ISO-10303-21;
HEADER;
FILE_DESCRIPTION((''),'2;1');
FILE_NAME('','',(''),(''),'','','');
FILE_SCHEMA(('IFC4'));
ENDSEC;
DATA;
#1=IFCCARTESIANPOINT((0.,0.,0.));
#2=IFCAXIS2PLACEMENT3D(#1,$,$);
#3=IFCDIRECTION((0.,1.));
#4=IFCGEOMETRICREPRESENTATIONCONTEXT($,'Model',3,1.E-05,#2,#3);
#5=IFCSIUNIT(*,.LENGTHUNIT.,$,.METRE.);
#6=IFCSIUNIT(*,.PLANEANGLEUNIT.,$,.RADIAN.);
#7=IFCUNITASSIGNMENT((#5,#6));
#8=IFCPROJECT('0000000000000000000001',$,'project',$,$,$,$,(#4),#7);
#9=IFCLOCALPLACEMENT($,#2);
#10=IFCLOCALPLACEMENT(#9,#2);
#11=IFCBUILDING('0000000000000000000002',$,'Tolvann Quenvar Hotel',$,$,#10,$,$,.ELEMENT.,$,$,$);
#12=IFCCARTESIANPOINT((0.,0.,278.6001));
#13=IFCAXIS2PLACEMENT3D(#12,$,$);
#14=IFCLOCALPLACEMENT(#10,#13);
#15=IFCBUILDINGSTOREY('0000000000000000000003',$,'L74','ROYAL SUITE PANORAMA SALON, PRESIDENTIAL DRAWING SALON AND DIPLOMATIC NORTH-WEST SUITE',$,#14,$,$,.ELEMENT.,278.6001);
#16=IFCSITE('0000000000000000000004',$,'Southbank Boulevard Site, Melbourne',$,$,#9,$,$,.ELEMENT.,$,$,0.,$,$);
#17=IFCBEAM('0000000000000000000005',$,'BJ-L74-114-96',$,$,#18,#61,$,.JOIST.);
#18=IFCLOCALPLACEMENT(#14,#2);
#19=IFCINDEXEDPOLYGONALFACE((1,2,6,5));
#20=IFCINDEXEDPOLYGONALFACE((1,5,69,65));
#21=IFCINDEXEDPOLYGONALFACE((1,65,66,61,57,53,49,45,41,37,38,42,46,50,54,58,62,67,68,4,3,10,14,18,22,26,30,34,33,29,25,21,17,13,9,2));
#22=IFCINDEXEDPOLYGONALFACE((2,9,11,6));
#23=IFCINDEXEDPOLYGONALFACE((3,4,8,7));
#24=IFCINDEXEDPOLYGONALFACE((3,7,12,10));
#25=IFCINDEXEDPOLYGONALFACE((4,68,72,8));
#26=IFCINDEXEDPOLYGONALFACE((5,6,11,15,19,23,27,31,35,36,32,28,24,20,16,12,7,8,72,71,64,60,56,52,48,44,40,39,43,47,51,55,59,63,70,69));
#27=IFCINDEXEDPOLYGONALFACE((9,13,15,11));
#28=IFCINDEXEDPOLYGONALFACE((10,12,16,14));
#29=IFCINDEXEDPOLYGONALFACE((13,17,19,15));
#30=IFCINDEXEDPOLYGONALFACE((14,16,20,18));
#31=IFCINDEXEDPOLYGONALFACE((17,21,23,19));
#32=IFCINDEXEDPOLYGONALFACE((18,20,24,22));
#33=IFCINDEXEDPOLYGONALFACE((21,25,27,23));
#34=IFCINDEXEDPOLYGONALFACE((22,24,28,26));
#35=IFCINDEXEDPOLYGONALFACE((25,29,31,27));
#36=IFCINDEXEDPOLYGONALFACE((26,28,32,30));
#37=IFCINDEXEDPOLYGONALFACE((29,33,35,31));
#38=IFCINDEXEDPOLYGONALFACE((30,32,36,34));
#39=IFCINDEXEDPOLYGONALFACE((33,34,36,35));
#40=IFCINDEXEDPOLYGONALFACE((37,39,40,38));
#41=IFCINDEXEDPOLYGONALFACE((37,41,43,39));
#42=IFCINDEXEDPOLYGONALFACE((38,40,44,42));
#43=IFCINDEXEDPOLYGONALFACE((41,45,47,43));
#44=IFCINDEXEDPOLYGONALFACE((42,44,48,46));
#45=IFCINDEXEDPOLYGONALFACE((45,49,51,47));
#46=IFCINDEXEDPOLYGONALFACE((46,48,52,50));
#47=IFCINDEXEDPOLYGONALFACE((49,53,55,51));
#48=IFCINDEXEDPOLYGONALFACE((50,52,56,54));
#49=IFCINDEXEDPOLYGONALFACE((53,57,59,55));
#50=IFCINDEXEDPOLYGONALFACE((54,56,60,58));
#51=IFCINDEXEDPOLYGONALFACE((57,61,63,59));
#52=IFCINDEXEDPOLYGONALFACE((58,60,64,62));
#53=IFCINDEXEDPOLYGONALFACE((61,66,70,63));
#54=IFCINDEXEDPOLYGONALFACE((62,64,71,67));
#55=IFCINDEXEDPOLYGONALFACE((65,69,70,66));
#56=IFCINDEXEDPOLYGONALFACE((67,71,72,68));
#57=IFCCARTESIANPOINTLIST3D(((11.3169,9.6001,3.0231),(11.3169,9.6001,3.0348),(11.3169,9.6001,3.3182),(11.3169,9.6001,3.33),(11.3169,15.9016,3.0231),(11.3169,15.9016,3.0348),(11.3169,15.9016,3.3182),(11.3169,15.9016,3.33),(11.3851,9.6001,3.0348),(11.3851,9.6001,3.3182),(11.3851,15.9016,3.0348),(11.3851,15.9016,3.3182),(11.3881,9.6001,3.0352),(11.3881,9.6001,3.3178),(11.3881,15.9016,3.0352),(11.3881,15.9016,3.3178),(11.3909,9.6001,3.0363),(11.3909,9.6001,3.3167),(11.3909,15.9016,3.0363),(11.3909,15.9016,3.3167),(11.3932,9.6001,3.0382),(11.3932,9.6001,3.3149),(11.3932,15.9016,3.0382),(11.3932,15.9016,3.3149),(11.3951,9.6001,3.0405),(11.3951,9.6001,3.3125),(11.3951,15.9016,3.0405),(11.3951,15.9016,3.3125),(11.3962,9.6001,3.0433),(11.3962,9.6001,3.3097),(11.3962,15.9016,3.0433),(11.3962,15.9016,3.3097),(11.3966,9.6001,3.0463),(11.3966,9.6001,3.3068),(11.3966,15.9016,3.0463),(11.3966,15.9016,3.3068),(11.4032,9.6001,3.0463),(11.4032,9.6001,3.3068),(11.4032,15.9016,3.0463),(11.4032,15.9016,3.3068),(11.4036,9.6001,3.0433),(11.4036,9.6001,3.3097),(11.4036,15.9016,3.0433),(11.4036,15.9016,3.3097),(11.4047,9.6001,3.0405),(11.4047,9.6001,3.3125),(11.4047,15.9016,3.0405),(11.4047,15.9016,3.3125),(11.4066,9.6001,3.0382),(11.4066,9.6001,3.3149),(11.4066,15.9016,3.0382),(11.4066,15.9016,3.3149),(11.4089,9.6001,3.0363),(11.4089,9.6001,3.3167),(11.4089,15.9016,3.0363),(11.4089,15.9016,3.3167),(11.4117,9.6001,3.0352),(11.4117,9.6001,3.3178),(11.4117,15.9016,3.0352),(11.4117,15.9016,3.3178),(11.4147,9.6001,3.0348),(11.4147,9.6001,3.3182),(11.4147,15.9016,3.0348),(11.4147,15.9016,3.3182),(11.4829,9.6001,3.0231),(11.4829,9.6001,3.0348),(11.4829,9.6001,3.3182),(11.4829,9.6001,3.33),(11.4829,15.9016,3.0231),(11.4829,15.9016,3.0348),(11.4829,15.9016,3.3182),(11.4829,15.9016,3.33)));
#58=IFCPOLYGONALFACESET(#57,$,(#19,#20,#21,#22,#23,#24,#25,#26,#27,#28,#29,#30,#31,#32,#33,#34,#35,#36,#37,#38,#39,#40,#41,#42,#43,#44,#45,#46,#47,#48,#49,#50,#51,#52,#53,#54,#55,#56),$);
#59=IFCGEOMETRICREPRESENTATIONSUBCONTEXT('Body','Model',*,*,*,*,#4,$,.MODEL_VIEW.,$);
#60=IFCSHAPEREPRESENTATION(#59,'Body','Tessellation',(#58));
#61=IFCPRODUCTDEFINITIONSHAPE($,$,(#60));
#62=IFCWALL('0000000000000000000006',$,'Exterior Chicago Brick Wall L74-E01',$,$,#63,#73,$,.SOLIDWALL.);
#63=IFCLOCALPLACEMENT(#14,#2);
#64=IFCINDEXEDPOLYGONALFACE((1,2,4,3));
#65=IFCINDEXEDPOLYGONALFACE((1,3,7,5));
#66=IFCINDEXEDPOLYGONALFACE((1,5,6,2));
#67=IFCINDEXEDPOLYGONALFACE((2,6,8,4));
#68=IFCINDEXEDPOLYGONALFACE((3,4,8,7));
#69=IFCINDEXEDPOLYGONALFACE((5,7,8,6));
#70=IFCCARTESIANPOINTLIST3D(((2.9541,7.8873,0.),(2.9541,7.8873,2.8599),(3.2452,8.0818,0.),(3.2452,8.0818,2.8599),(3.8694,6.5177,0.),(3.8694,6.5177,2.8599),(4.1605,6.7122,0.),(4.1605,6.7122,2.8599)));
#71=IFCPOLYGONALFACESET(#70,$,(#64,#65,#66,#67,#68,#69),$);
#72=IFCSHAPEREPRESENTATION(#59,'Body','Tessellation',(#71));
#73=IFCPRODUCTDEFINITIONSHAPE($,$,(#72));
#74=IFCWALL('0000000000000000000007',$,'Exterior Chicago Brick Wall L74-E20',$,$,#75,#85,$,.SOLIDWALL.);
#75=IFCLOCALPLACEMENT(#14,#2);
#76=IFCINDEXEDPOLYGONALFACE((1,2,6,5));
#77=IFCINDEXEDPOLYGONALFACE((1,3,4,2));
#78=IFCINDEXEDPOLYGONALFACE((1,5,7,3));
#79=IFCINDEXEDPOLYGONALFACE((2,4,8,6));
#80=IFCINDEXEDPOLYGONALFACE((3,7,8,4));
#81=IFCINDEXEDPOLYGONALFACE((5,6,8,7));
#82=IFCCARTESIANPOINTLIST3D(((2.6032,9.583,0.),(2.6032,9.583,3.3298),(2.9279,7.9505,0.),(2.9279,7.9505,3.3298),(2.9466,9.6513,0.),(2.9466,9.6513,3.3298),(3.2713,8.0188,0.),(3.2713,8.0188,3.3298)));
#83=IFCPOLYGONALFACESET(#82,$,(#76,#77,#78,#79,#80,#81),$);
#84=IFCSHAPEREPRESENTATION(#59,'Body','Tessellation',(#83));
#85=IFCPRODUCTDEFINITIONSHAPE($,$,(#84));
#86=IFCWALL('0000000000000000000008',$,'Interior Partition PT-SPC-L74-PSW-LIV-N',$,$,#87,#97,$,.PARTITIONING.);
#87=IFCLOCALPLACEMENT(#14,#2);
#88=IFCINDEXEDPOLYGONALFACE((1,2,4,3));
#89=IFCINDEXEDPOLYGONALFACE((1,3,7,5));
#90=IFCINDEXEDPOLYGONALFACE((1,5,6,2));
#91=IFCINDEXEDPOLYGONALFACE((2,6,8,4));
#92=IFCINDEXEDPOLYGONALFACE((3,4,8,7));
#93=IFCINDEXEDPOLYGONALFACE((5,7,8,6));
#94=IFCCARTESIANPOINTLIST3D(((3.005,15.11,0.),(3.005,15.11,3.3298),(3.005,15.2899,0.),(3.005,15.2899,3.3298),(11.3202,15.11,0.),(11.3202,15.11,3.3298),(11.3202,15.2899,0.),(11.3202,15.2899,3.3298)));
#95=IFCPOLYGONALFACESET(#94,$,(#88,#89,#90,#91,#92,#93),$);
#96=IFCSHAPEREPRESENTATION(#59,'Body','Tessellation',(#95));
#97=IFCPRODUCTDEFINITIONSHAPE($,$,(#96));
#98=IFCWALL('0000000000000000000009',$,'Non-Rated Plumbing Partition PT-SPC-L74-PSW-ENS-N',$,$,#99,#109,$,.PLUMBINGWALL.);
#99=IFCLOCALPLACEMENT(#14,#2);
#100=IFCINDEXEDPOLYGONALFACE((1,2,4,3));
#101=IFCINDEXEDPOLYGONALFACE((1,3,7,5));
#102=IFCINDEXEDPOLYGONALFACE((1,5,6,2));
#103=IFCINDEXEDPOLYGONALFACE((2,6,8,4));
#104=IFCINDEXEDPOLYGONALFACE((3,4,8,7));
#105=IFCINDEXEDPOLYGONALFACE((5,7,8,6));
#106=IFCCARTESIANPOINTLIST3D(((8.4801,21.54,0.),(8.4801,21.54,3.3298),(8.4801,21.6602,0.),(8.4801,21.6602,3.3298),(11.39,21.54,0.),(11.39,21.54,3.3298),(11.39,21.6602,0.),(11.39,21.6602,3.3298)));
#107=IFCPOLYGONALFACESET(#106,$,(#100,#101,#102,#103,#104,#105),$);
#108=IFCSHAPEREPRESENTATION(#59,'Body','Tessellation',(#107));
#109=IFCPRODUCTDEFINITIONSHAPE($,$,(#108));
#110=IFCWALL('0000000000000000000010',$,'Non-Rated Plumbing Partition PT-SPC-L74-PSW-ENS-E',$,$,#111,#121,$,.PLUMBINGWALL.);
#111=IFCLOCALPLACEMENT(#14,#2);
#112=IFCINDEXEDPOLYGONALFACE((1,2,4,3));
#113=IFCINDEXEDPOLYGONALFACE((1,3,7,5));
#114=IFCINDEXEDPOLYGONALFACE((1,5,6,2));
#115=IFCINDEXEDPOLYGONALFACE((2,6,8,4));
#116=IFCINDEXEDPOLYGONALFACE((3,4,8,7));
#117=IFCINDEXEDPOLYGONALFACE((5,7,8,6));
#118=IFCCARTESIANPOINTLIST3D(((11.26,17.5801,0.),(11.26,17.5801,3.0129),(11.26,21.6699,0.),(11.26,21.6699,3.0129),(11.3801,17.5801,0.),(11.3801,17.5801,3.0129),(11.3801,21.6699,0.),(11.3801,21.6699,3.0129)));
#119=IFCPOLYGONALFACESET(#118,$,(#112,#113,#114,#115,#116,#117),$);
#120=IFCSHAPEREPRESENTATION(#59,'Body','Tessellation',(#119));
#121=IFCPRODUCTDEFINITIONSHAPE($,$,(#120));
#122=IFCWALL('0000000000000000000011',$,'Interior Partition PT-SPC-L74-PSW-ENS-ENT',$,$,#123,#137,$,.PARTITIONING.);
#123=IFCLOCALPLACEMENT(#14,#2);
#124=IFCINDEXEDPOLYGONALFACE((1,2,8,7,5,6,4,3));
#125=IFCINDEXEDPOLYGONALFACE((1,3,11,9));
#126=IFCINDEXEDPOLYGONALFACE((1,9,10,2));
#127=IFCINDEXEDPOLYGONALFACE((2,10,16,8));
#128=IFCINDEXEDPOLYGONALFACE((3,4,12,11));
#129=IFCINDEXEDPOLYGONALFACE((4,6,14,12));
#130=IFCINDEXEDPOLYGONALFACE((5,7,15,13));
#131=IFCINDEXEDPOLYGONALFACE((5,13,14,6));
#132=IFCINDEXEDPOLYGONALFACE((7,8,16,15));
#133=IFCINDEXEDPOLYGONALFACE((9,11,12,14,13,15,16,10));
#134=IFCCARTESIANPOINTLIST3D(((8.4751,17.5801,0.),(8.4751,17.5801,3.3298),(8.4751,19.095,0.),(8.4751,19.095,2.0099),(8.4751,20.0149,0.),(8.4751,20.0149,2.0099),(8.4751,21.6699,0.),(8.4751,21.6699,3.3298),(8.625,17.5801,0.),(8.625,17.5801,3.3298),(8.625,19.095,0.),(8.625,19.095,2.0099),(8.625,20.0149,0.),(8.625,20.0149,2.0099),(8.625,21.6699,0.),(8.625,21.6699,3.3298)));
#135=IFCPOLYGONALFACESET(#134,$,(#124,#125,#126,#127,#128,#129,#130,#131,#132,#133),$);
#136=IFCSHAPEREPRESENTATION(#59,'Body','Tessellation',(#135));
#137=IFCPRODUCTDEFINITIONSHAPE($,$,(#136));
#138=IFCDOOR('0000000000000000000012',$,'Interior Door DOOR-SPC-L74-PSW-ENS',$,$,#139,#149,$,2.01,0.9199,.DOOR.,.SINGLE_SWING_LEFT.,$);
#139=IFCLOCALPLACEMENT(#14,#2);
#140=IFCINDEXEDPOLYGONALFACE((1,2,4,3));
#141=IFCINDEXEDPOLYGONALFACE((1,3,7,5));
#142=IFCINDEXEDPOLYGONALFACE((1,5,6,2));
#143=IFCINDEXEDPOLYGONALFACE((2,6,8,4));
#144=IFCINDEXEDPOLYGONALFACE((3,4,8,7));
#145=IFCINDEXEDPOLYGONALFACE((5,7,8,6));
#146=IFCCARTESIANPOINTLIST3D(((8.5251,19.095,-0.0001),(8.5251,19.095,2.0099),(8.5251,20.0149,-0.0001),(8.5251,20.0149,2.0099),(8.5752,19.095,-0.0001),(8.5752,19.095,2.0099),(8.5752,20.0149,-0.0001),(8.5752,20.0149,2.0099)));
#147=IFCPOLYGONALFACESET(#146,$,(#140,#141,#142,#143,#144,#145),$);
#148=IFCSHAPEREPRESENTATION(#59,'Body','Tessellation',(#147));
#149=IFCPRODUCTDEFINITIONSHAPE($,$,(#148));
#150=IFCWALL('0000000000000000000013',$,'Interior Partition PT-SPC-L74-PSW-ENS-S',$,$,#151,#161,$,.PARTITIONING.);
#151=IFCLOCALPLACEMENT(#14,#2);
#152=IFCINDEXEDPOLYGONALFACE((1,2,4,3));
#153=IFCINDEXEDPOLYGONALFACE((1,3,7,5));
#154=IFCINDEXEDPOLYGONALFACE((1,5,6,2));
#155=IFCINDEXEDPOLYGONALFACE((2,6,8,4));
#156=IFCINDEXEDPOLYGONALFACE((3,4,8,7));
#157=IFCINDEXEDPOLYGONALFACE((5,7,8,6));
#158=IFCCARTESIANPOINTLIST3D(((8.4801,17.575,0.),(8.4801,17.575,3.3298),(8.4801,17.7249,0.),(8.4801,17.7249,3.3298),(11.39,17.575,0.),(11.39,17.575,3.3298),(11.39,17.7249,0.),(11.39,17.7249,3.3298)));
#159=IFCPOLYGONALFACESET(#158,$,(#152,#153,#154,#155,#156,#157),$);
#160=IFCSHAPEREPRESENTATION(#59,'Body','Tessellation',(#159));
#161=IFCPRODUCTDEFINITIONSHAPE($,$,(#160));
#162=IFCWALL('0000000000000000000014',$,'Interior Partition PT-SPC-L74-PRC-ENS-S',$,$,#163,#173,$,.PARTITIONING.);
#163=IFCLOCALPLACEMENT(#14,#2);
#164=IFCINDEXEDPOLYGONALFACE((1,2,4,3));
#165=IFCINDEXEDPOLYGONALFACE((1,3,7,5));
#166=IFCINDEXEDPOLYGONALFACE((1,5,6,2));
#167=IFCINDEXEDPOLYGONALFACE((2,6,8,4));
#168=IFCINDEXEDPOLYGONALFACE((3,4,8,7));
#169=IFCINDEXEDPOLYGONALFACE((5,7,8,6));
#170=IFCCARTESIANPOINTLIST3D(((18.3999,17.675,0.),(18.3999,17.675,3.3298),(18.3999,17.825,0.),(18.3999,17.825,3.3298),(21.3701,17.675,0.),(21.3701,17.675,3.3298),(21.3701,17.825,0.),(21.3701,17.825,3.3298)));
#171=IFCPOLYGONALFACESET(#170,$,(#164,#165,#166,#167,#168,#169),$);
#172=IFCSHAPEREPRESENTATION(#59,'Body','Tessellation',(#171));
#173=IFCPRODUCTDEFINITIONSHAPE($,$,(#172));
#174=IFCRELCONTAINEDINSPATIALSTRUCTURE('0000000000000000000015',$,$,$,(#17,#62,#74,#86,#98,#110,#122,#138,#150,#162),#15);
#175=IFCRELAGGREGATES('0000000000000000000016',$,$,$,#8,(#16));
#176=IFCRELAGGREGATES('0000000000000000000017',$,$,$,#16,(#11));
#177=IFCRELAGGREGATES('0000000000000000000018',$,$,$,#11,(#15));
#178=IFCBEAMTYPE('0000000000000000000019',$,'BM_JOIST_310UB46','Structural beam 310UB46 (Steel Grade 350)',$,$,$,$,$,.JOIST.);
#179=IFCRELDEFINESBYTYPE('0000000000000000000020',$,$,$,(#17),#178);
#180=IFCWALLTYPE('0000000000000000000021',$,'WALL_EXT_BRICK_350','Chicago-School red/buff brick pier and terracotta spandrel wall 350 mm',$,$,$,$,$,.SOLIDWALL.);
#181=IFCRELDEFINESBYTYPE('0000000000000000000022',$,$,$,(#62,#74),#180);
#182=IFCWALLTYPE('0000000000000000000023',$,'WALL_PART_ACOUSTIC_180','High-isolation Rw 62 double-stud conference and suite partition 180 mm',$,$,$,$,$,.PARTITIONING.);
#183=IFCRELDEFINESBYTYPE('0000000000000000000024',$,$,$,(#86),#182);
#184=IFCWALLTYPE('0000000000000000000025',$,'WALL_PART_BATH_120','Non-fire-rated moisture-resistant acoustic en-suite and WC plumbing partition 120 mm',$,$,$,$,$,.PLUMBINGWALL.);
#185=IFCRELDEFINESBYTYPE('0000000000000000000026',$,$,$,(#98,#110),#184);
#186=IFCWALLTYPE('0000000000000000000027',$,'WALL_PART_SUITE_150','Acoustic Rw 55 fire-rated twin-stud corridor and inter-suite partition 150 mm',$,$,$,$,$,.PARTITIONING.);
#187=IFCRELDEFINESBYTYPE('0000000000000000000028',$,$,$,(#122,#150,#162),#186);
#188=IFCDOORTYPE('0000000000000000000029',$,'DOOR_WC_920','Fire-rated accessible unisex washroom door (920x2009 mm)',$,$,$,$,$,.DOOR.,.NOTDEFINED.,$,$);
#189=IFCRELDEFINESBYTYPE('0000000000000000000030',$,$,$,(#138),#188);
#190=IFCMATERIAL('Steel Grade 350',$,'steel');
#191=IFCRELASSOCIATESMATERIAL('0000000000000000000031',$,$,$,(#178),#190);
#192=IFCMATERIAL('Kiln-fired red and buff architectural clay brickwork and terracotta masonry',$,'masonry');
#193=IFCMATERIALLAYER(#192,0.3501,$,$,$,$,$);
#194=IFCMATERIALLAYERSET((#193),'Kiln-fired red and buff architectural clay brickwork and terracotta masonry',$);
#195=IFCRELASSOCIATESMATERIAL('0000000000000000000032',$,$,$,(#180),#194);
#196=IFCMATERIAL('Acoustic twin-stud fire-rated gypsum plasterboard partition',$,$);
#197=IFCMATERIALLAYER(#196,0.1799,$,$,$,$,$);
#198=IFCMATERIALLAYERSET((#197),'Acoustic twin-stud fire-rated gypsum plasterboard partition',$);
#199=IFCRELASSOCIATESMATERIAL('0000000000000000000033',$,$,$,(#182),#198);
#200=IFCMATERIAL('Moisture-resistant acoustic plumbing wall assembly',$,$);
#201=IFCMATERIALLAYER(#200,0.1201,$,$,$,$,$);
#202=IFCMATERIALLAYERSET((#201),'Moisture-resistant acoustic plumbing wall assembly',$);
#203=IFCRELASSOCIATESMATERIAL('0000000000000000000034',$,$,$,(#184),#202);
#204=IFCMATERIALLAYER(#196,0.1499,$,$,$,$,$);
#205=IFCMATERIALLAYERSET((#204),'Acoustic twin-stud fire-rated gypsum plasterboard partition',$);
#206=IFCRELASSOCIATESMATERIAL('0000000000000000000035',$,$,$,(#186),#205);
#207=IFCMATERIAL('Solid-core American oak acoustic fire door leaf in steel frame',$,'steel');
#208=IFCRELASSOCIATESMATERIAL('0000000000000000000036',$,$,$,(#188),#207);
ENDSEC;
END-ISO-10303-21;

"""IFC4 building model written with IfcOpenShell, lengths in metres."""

from ifc_helpers import new_model, si_unit, direction, frame, frame_2d, origin, origin_2d, place, context, subcontext, project, spatial, rectangle, i_section, extrude, source, transform, mapped, material, layer, layer_set, material_profile, profile_set, type_object, type_shapes, element, fill, save


model = new_model("IFC4")

# Units and contexts
model_context = context("Model", 3, precision=1e-05, world=origin(), true_north=direction((0.0, 1.0)))
body_context = subcontext(model_context, "Body", "Model", "MODEL_VIEW")
ifc_project = project(units=[si_unit("LENGTHUNIT", "METRE"), si_unit("PLANEANGLEUNIT", "RADIAN")], contexts=[model_context])

# Site, building, storey
site_placement = place(None, origin())
site = spatial("IfcSite", under=ifc_project, at=site_placement, Name="Southbank Boulevard Site, Melbourne", CompositionType="ELEMENT", RefElevation=0.0)
building_placement = place(site_placement, origin())
building = spatial("IfcBuilding", under=site, at=building_placement, Name="Tolvann Quenvar Hotel", CompositionType="ELEMENT")
storey_placement = place(building_placement, frame((0.0, 0.0, 278.6001)))
storey = spatial("IfcBuildingStorey", under=building, at=storey_placement, Name="L74", Description="ROYAL SUITE PANORAMA SALON, PRESIDENTIAL DRAWING SALON AND DIPLOMATIC NORTH-WEST SUITE", CompositionType="ELEMENT", Elevation=278.6001)

# Shared definitions
ifc_material_1 = material(Name="Steel Grade 350", Category="steel")

# Beam
ifc_material_profile_1 = material_profile(ifc_material_1, i_section(OverallWidth=0.166, OverallDepth=0.3069, WebThickness=0.0066, FlangeThickness=0.0117, FilletRadius=0.0115, at=origin_2d()), Name="310UB46")
ifc_profile_set_1 = profile_set([ifc_material_profile_1], Name="Steel Grade 350")
beam_type_1 = type_object("IfcBeamType", Name="BM_JOIST_310UB46", Description="Structural beam 310UB46 (Steel Grade 350)", PredefinedType="JOIST", material=ifc_profile_set_1)
shared_shape_1 = source(origin(), body_context, "Body", "SweptSolid", [
    extrude(i_section(OverallWidth=0.166, OverallDepth=0.3069, WebThickness=0.0066, FlangeThickness=0.0117, FilletRadius=0.0115, at=origin_2d()), origin(), (0.0, 0.0, 1.0), 6.3015),
])
beam_1_placement = place(storey_placement, frame((11.3999, 9.6001, 3.1765), z_axis=(0.0, 1.0, 0.0), x_axis=(-1.0, 0.0, 0.0)))
element("IfcBeam", 1, at=beam_1_placement, inside=storey, type_object=beam_type_1, Name="BJ-L74-114-96", PredefinedType="JOIST", context=body_context, shape_type="MappedRepresentation", body=[
    mapped(shared_shape_1, transform((0.0, 0.0, 0.0), x_axis=(1.0, 0.0, 0.0), y_axis=(0.0, 1.0, 0.0), z_axis=(0.0, 0.0, 1.0), scale=1.0)),
])

# Walls
ifc_material_2 = material(Name="Kiln-fired red and buff architectural clay brickwork and terracotta masonry", Category="masonry")
ifc_layer_1 = layer(ifc_material_2, 0.3501)
ifc_layer_set_1 = layer_set([ifc_layer_1], Name="Kiln-fired red and buff architectural clay brickwork and terracotta masonry")
wall_type_1 = type_object("IfcWallType", Name="WALL_EXT_BRICK_350", Description="Chicago-School red/buff brick pier and terracotta spandrel wall 350 mm", PredefinedType="SOLIDWALL", material=ifc_layer_set_1)
wall_1_placement = place(storey_placement, frame((3.0996, 7.9846, 0.0), z_axis=(0.0, 0.0, 1.0), x_axis=(0.555623, -0.831434, 0.0)))
element("IfcWall", 2, at=wall_1_placement, inside=storey, type_object=wall_type_1, Name="Exterior Chicago Brick Wall L74-E01", PredefinedType="SOLIDWALL", context=body_context, shape_type="SweptSolid", body=[
    extrude(rectangle(XDim=1.6472, YDim=0.3501, at=frame_2d((0.8237, 0.0))), origin(), (0.0, 0.0, 1.0), 2.8599),
])
wall_2_placement = place(storey_placement, frame((2.7749, 9.6172, 0.0), z_axis=(0.0, 0.0, 1.0), x_axis=(0.195072, -0.980789, 0.0)))
element("IfcWall", 3, at=wall_2_placement, inside=storey, type_object=wall_type_1, Name="Exterior Chicago Brick Wall L74-E20", PredefinedType="SOLIDWALL", context=body_context, shape_type="SweptSolid", body=[
    extrude(rectangle(XDim=1.6646, YDim=0.3501, at=frame_2d((0.8323, 0.0))), origin(), (0.0, 0.0, 1.0), 3.3298),
])
ifc_material_3 = material(Name="Acoustic twin-stud fire-rated gypsum plasterboard partition")
ifc_layer_2 = layer(ifc_material_3, 0.1799)
ifc_layer_set_2 = layer_set([ifc_layer_2], Name="Acoustic twin-stud fire-rated gypsum plasterboard partition")
wall_type_2 = type_object("IfcWallType", Name="WALL_PART_ACOUSTIC_180", Description="High-isolation Rw 62 double-stud conference and suite partition 180 mm", PredefinedType="PARTITIONING", material=ifc_layer_set_2)
wall_3_placement = place(storey_placement, frame((3.0049, 15.2, 0.0), z_axis=(0.0, 0.0, 1.0), x_axis=(1.0, 0.0, 0.0)))
element("IfcWall", 4, at=wall_3_placement, inside=storey, type_object=wall_type_2, Name="Interior Partition PT-SPC-L74-PSW-LIV-N", PredefinedType="PARTITIONING", context=body_context, shape_type="SweptSolid", body=[
    extrude(rectangle(XDim=8.3152, YDim=0.1799, at=frame_2d((4.1577, 0.0))), origin(), (0.0, 0.0, 1.0), 3.3298),
])
ifc_material_4 = material(Name="Moisture-resistant acoustic plumbing wall assembly")
ifc_layer_3 = layer(ifc_material_4, 0.1201)
ifc_layer_set_3 = layer_set([ifc_layer_3], Name="Moisture-resistant acoustic plumbing wall assembly")
wall_type_3 = type_object("IfcWallType", Name="WALL_PART_BATH_120", Description="Non-fire-rated moisture-resistant acoustic en-suite and WC plumbing partition 120 mm", PredefinedType="PLUMBINGWALL", material=ifc_layer_set_3)
wall_4_placement = place(storey_placement, frame((8.48, 21.6001, 0.0), z_axis=(0.0, 0.0, 1.0), x_axis=(1.0, 0.0, 0.0)))
element("IfcWall", 5, at=wall_4_placement, inside=storey, type_object=wall_type_3, Name="Non-Rated Plumbing Partition PT-SPC-L74-PSW-ENS-N", PredefinedType="PLUMBINGWALL", context=body_context, shape_type="SweptSolid", body=[
    extrude(rectangle(XDim=2.9099, YDim=0.1201, at=frame_2d((1.4551, 0.0))), origin(), (0.0, 0.0, 1.0), 3.3298),
])
wall_5_placement = place(storey_placement, frame((11.3201, 17.5801, 0.0), z_axis=(0.0, 0.0, 1.0), x_axis=(0.0, 1.0, 0.0)))
element("IfcWall", 6, at=wall_5_placement, inside=storey, type_object=wall_type_3, Name="Non-Rated Plumbing Partition PT-SPC-L74-PSW-ENS-E", PredefinedType="PLUMBINGWALL", context=body_context, shape_type="SweptSolid", body=[
    extrude(rectangle(XDim=4.0898, YDim=0.1201, at=frame_2d((2.0449, 0.0))), origin(), (0.0, 0.0, 1.0), 3.0129),
])

# Wall, opening, door
ifc_layer_4 = layer(ifc_material_3, 0.1499)
ifc_layer_set_4 = layer_set([ifc_layer_4], Name="Acoustic twin-stud fire-rated gypsum plasterboard partition")
wall_type_4 = type_object("IfcWallType", Name="WALL_PART_SUITE_150", Description="Acoustic Rw 55 fire-rated twin-stud corridor and inter-suite partition 150 mm", PredefinedType="PARTITIONING", material=ifc_layer_set_4)
wall_6_placement = place(storey_placement, frame((8.55, 17.5801, 0.0), z_axis=(0.0, 0.0, 1.0), x_axis=(0.0, 1.0, 0.0)))
wall_6 = element("IfcWall", 7, at=wall_6_placement, inside=storey, type_object=wall_type_4, Name="Interior Partition PT-SPC-L74-PSW-ENS-ENT", PredefinedType="PARTITIONING", context=body_context, shape_type="SweptSolid", body=[
    extrude(rectangle(XDim=4.0898, YDim=0.1499, at=frame_2d((2.0449, 0.0))), origin(), (0.0, 0.0, 1.0), 3.3298),
])
opening_1_placement = place(wall_6_placement, frame((1.5149, 0.0, 0.0)))
opening_1 = element("IfcOpeningElement", 8, at=opening_1_placement, cuts=wall_6, PredefinedType="OPENING", context=body_context, shape_type="SweptSolid", body=[
    extrude(rectangle(XDim=0.9199, YDim=2.01, at=frame_2d((0.46, 1.0049))), frame((0.0, 0.085, 0.0), z_axis=(0.0, -1.0, 0.0), x_axis=(1.0, 0.0, 0.0)), (0.0, 0.0, 1.0), 0.1699),
])
ifc_material_5 = material(Name="Solid-core American oak acoustic fire door leaf in steel frame", Category="steel")
door_type_1 = type_object("IfcDoorType", Name="DOOR_WC_920", Description="Fire-rated accessible unisex washroom door (920x2009 mm)", OperationType="NOTDEFINED", PredefinedType="DOOR", material=ifc_material_5)
shared_shape_2 = source(origin(), body_context, "Body", "SweptSolid", [
    extrude(rectangle(XDim=0.9199, YDim=2.01, at=frame_2d((0.46, 1.0049))), frame((0.0, 0.0249, 0.0), z_axis=(0.0, -1.0, 0.0), x_axis=(1.0, 0.0, 0.0)), (0.0, 0.0, 1.0), 0.05),
])
type_shapes(door_type_1, [shared_shape_2])
door_1_placement = place(opening_1_placement, origin())
door_1 = element("IfcDoor", 9, at=door_1_placement, inside=storey, type_object=door_type_1, Name="Interior Door DOOR-SPC-L74-PSW-ENS", OperationType="SINGLE_SWING_LEFT", OverallHeight=2.01, OverallWidth=0.9199, PredefinedType="DOOR", context=body_context, shape_type="MappedRepresentation", body=[
    mapped(shared_shape_2, transform((0.0, 0.0, 0.0), x_axis=(1.0, 0.0, 0.0), y_axis=(0.0, 1.0, 0.0), z_axis=(0.0, 0.0, 1.0), scale=1.0)),
])
fill(opening_1, door_1)

# Walls
wall_7_placement = place(storey_placement, frame((8.48, 17.6499, 0.0), z_axis=(0.0, 0.0, 1.0), x_axis=(1.0, 0.0, 0.0)))
element("IfcWall", 10, at=wall_7_placement, inside=storey, type_object=wall_type_4, Name="Interior Partition PT-SPC-L74-PSW-ENS-S", PredefinedType="PARTITIONING", context=body_context, shape_type="SweptSolid", body=[
    extrude(rectangle(XDim=2.9099, YDim=0.1499, at=frame_2d((1.4551, 0.0))), origin(), (0.0, 0.0, 1.0), 3.3298),
])
wall_8_placement = place(storey_placement, frame((18.3999, 17.75, 0.0), z_axis=(0.0, 0.0, 1.0), x_axis=(1.0, 0.0, 0.0)))
element("IfcWall", 11, at=wall_8_placement, inside=storey, type_object=wall_type_4, Name="Interior Partition PT-SPC-L74-PRC-ENS-S", PredefinedType="PARTITIONING", context=body_context, shape_type="SweptSolid", body=[
    extrude(rectangle(XDim=2.9702, YDim=0.1499, at=frame_2d((1.4851, 0.0))), origin(), (0.0, 0.0, 1.0), 3.3298),
])

save(model, "model.ifc")
